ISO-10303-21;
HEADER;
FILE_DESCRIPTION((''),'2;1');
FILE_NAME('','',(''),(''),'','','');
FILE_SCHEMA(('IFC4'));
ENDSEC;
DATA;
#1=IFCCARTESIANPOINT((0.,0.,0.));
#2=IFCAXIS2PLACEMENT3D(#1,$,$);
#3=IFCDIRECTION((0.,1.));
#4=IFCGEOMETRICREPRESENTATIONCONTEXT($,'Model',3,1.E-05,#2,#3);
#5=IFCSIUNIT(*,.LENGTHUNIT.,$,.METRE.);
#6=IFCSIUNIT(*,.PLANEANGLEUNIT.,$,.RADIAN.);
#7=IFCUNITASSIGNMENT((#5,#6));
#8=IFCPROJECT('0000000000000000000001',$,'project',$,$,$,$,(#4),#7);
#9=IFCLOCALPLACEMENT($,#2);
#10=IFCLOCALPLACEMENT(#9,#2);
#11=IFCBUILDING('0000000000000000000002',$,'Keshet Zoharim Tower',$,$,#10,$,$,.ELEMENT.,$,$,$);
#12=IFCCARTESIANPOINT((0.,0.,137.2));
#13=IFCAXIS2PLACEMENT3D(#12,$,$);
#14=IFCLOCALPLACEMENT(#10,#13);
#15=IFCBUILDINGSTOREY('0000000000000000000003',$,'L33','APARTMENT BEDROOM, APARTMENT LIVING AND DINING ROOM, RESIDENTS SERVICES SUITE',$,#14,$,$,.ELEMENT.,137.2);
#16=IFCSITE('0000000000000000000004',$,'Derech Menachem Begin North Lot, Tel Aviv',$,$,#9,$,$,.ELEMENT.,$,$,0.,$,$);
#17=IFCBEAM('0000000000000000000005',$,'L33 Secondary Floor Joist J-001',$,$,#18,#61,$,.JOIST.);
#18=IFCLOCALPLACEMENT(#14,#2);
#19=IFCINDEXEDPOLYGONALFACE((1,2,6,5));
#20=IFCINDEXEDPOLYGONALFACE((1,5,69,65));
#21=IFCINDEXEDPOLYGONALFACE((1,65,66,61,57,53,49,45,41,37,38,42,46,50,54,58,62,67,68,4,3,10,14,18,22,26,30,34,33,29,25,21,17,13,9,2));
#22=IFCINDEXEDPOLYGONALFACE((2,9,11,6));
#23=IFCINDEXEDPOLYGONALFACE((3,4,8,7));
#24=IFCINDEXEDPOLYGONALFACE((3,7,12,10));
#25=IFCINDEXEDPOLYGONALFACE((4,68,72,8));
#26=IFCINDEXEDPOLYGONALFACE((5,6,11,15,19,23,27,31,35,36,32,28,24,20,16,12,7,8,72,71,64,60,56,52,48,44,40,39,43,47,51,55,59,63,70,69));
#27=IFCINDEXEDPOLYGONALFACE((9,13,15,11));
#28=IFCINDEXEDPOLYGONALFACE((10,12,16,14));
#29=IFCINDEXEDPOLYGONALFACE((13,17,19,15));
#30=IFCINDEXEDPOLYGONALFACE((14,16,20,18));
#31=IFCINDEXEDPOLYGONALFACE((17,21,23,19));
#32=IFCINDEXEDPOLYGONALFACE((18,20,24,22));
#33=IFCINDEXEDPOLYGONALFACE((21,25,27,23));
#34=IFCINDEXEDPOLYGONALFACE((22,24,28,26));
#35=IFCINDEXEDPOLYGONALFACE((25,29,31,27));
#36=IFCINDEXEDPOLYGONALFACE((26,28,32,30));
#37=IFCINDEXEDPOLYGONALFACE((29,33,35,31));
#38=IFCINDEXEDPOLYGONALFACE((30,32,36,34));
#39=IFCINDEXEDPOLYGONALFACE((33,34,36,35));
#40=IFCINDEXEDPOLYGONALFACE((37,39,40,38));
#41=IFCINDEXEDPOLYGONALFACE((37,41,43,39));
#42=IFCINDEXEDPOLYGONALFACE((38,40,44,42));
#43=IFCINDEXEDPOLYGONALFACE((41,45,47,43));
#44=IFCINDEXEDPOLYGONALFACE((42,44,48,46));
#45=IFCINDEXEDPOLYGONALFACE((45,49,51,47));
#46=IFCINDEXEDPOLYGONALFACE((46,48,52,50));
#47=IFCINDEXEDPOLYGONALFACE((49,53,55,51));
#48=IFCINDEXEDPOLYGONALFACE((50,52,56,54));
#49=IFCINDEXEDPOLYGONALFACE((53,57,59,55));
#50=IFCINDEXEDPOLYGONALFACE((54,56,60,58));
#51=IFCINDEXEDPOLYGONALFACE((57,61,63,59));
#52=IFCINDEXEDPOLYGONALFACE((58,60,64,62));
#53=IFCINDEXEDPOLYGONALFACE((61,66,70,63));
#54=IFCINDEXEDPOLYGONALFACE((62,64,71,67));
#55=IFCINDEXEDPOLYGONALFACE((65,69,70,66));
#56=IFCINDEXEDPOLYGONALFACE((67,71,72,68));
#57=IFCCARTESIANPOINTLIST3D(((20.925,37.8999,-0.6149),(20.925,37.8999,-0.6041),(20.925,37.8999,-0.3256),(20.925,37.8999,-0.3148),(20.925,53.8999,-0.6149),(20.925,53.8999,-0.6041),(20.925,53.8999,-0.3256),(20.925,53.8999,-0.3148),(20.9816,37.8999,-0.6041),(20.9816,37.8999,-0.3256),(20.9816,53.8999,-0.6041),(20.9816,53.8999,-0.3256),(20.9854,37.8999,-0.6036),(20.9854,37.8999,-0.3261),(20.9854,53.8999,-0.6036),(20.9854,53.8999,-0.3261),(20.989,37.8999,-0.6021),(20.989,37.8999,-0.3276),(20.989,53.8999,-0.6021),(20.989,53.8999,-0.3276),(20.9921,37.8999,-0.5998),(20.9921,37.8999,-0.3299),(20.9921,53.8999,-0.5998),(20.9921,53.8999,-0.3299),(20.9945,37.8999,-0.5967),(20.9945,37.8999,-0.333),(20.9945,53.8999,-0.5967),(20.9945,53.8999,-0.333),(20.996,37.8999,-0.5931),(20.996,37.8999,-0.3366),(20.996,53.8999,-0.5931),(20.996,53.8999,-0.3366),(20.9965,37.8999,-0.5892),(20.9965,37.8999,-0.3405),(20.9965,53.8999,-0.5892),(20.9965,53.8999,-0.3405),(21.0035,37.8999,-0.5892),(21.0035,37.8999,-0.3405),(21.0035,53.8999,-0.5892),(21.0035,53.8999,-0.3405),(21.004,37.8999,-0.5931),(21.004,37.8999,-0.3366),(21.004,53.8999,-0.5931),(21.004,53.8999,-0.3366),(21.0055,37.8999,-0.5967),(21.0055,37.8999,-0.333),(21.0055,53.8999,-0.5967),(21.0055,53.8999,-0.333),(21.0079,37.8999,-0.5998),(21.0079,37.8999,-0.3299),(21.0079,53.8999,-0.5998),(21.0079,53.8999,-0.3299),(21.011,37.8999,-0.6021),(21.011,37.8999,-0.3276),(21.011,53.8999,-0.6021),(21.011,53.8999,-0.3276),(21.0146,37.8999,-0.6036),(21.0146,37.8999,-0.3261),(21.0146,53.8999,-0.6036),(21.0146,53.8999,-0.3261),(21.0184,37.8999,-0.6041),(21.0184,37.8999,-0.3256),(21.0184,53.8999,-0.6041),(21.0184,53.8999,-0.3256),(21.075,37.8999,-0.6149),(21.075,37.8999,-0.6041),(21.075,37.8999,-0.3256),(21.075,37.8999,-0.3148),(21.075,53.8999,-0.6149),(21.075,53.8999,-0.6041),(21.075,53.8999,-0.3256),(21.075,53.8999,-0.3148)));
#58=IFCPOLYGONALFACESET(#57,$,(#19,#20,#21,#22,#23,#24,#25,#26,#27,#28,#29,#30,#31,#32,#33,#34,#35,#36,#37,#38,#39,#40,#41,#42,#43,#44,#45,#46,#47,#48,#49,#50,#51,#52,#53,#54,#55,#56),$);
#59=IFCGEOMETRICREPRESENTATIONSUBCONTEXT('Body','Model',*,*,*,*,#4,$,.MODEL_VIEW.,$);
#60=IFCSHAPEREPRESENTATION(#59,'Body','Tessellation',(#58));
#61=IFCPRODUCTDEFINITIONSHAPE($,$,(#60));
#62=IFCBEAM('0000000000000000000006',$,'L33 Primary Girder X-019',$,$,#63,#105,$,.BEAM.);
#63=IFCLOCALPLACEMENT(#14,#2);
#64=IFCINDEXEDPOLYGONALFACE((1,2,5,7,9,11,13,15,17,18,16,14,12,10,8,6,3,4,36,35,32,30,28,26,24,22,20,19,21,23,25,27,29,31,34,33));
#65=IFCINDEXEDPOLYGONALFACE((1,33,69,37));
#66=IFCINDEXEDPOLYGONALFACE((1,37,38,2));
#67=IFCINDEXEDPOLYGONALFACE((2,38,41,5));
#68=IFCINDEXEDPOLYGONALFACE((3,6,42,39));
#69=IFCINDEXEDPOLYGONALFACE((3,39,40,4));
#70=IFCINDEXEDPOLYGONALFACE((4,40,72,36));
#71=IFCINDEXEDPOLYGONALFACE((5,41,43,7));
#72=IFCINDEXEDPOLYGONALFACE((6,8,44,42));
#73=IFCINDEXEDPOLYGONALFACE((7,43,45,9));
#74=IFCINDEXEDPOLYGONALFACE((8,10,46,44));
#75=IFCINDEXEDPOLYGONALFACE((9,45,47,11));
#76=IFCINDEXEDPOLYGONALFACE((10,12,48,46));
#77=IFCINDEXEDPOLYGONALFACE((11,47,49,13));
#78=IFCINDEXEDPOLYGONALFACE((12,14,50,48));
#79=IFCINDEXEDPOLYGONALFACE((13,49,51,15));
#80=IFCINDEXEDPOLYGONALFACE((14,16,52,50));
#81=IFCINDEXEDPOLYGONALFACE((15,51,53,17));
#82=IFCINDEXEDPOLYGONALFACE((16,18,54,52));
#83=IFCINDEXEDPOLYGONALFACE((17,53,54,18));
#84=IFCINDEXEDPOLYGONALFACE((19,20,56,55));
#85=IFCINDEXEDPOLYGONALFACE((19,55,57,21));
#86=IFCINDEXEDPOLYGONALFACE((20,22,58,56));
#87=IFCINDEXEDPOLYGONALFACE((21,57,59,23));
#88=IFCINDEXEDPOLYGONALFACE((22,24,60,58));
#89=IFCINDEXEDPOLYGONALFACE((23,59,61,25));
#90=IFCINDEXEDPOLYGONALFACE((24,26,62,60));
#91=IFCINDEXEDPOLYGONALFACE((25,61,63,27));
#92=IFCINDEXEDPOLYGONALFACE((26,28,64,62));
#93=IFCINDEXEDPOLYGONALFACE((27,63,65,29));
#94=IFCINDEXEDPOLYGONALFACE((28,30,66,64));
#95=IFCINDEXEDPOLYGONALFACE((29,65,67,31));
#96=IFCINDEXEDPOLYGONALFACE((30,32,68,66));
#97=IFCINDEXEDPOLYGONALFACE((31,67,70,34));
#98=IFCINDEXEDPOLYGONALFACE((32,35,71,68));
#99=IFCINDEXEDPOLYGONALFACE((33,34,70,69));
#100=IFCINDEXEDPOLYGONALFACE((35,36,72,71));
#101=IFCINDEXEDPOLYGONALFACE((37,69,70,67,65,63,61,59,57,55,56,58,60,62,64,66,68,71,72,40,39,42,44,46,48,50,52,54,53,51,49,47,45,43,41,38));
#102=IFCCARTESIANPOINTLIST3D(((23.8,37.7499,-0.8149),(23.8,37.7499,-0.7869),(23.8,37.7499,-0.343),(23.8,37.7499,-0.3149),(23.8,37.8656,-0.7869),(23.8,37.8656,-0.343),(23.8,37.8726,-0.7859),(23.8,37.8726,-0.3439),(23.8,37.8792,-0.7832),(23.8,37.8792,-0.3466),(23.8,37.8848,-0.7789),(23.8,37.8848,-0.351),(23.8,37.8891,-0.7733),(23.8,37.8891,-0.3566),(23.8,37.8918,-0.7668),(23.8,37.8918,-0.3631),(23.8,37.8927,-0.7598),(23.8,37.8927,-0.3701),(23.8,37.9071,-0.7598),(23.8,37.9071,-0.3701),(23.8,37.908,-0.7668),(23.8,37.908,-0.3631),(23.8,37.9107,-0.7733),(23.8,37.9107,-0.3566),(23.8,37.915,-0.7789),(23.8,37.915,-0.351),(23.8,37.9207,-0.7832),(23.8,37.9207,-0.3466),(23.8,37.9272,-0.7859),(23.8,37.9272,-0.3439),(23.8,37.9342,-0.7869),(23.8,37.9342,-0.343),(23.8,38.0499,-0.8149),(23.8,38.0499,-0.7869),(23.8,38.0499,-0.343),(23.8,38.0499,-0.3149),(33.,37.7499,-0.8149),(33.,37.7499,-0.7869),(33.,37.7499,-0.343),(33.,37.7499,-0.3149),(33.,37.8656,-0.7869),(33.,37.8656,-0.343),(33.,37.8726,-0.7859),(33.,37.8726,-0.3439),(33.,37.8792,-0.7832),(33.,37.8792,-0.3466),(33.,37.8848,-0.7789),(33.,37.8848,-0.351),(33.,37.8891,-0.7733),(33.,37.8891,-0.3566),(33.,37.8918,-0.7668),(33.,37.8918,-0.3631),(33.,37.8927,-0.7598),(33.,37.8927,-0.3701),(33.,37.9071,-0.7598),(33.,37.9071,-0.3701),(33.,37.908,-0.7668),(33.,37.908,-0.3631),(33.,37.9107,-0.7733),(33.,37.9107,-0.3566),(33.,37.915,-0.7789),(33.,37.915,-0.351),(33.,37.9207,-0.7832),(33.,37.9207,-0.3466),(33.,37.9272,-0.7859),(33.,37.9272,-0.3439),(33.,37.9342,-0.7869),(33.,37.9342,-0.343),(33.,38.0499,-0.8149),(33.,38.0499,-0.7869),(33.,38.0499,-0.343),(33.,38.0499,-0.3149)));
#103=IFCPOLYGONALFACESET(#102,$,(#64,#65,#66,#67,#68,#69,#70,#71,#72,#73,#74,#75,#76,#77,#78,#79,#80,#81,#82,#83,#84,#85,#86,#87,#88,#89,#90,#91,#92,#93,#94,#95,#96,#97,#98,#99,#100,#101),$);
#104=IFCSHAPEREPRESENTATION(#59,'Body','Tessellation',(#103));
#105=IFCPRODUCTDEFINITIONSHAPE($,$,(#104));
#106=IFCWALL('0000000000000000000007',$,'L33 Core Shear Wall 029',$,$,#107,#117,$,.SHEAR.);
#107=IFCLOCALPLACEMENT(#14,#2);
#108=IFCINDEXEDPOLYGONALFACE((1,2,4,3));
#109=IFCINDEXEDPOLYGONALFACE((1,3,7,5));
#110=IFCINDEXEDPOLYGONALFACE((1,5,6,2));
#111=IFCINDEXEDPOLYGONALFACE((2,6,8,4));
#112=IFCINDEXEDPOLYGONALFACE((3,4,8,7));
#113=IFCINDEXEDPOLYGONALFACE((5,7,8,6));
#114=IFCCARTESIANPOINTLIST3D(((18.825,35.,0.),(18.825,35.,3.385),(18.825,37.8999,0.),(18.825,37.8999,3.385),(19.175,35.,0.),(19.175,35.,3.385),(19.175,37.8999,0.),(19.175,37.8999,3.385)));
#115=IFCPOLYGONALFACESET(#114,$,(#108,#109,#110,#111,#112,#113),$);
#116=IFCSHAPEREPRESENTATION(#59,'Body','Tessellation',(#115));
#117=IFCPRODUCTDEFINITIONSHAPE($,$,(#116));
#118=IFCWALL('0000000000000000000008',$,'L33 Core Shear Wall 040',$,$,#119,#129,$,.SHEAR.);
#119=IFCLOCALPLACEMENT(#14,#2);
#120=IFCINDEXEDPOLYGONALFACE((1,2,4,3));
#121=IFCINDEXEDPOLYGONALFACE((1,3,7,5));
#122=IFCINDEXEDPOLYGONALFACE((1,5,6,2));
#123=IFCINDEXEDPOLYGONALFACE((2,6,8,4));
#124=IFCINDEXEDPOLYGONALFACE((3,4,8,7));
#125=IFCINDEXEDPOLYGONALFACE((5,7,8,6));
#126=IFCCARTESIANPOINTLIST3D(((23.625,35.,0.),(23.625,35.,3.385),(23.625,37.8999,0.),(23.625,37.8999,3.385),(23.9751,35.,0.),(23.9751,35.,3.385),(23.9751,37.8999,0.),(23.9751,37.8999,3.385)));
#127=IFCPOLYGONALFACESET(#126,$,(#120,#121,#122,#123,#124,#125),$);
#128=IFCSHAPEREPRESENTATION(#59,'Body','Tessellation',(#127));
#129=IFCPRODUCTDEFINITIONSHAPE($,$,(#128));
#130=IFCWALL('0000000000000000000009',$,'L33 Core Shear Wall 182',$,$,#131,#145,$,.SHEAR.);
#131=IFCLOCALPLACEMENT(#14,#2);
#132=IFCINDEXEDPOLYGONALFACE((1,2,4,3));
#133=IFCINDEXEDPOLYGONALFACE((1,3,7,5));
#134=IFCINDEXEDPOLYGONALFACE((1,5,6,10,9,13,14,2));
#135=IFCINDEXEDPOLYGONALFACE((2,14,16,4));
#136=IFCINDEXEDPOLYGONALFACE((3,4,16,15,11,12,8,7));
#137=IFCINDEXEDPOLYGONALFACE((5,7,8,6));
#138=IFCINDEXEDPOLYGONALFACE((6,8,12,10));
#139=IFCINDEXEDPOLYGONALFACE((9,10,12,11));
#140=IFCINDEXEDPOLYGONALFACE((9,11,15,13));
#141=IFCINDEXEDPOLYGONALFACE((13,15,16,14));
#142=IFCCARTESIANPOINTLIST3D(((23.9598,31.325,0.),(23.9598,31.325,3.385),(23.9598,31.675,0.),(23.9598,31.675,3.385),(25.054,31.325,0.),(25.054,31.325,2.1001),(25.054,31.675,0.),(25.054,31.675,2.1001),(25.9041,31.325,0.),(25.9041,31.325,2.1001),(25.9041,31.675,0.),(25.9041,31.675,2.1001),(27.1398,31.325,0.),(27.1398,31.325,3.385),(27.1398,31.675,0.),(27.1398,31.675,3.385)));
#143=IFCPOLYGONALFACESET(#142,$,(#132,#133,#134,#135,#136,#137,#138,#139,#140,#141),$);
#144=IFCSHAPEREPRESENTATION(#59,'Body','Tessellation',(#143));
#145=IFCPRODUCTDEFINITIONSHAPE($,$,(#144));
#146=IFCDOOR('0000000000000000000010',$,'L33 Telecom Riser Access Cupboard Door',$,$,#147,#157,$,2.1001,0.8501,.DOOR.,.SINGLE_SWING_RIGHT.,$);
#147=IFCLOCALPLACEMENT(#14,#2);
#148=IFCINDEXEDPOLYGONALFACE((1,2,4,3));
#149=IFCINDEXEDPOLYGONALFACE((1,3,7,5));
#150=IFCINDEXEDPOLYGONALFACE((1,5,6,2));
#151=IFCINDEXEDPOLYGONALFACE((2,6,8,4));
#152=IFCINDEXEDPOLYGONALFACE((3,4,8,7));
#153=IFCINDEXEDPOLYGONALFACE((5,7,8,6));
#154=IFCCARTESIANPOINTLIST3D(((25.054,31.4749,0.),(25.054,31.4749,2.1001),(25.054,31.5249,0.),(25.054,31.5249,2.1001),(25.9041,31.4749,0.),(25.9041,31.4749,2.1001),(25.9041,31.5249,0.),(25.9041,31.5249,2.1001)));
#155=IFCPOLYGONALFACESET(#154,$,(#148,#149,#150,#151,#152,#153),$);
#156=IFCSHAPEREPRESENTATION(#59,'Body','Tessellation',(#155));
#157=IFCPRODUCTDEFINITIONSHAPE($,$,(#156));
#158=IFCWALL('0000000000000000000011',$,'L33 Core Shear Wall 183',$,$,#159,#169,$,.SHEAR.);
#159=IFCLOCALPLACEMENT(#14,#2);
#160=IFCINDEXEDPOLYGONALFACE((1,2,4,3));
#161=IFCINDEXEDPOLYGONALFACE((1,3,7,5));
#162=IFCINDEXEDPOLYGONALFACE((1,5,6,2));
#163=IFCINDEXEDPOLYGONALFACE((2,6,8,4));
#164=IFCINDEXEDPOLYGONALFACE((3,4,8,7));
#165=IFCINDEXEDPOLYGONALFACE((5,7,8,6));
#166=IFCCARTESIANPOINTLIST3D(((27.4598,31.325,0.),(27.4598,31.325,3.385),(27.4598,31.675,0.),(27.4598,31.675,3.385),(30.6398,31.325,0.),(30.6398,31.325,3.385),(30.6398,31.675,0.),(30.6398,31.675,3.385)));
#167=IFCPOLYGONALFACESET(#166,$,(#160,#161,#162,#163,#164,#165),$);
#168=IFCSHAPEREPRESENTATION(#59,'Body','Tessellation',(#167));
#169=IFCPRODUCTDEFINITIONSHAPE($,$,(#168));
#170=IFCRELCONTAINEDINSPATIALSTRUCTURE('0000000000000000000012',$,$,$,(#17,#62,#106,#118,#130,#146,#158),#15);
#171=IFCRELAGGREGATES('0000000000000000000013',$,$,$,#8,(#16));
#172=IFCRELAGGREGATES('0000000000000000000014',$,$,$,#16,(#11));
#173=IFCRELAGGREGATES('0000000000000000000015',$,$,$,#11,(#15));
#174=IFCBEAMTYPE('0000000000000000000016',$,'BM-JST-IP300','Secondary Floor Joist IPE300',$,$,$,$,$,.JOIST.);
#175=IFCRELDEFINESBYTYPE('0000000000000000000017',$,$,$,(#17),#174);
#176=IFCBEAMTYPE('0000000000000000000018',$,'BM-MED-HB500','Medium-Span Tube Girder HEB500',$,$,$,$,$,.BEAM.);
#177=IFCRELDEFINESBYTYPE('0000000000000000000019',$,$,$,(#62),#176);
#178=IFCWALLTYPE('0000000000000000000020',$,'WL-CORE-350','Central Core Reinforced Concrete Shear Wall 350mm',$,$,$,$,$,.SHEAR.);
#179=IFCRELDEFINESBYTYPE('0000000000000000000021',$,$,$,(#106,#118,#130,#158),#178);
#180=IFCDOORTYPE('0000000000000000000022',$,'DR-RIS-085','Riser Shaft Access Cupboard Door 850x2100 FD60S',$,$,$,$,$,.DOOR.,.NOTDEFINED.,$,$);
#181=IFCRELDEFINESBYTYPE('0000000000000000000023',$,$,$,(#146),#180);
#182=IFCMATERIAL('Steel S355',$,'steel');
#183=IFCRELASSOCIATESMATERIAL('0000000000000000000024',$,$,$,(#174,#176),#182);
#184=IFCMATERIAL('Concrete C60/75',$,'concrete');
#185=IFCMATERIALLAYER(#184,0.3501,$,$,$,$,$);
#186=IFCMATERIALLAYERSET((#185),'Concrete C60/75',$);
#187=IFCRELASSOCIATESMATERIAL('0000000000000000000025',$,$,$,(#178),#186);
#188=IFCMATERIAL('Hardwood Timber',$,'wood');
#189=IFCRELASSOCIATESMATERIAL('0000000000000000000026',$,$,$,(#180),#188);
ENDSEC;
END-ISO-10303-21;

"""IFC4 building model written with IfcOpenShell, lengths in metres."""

from ifc_helpers import new_model, si_unit, direction, frame, frame_2d, origin, origin_2d, place, context, subcontext, project, spatial, rectangle, i_section, extrude, material, layer, layer_set, material_profile, profile_set, type_object, element, fill, save


model = new_model("IFC4")

# Units and contexts
model_context = context("Model", 3, precision=1e-05, world=origin(), true_north=direction((0.0, 1.0)))
body_context = subcontext(model_context, "Body", "Model", "MODEL_VIEW")
ifc_project = project(units=[si_unit("LENGTHUNIT", "METRE"), si_unit("PLANEANGLEUNIT", "RADIAN")], contexts=[model_context])

# Site, building, storey
site_placement = place(None, origin())
site = spatial("IfcSite", under=ifc_project, at=site_placement, Name="Derech Menachem Begin North Lot, Tel Aviv", CompositionType="ELEMENT", RefElevation=0.0)
building_placement = place(site_placement, origin())
building = spatial("IfcBuilding", under=site, at=building_placement, Name="Keshet Zoharim Tower", CompositionType="ELEMENT")
storey_placement = place(building_placement, frame((0.0, 0.0, 137.2)))
storey = spatial("IfcBuildingStorey", under=building, at=storey_placement, Name="L33", Description="APARTMENT BEDROOM, APARTMENT LIVING AND DINING ROOM, RESIDENTS SERVICES SUITE", CompositionType="ELEMENT", Elevation=137.2)

# Beams
ifc_material_1 = material(Name="Steel S355", Category="steel")
ifc_material_profile_1 = material_profile(ifc_material_1, i_section(OverallWidth=0.1499, OverallDepth=0.3, WebThickness=0.0071, FlangeThickness=0.0107, FilletRadius=0.0149, at=origin_2d()), Name="IPE300")
ifc_profile_set_1 = profile_set([ifc_material_profile_1], Name="Steel S355")
beam_type_1 = type_object("IfcBeamType", Name="BM-JST-IP300", Description="Secondary Floor Joist IPE300", PredefinedType="JOIST", material=ifc_profile_set_1)
beam_1_placement = place(storey_placement, frame((21.0, 37.8999, -0.4648), z_axis=(0.0, 1.0, 0.0), x_axis=(-1.0, 0.0, 0.0)))
element("IfcBeam", 1, at=beam_1_placement, inside=storey, type_object=beam_type_1, Name="L33 Secondary Floor Joist J-001", PredefinedType="JOIST", context=body_context, shape_type="SweptSolid", body=[
    extrude(i_section(OverallWidth=0.1499, OverallDepth=0.3, WebThickness=0.0071, FlangeThickness=0.0107, FilletRadius=0.0149, at=origin_2d()), origin(), (0.0, 0.0, 1.0), 16.0),
])
ifc_material_profile_2 = material_profile(ifc_material_1, i_section(OverallWidth=0.3, OverallDepth=0.5, WebThickness=0.0144, FlangeThickness=0.0281, FilletRadius=0.0271, at=origin_2d()), Name="HEB500")
ifc_profile_set_2 = profile_set([ifc_material_profile_2], Name="Steel S355")
beam_type_2 = type_object("IfcBeamType", Name="BM-MED-HB500", Description="Medium-Span Tube Girder HEB500", PredefinedType="BEAM", material=ifc_profile_set_2)
beam_2_placement = place(storey_placement, frame((23.8, 37.8999, -0.5649), z_axis=(1.0, 0.0, 0.0), x_axis=(0.0, 1.0, 0.0)))
element("IfcBeam", 2, at=beam_2_placement, inside=storey, type_object=beam_type_2, Name="L33 Primary Girder X-019", PredefinedType="BEAM", context=body_context, shape_type="SweptSolid", body=[
    extrude(i_section(OverallWidth=0.3, OverallDepth=0.5, WebThickness=0.0144, FlangeThickness=0.0281, FilletRadius=0.0271, at=origin_2d()), origin(), (0.0, 0.0, 1.0), 9.2),
])

# Wall
ifc_material_2 = material(Name="Concrete C60/75", Category="concrete")
ifc_layer_1 = layer(ifc_material_2, 0.3501)
ifc_layer_set_1 = layer_set([ifc_layer_1], Name="Concrete C60/75")
wall_type_1 = type_object("IfcWallType", Name="WL-CORE-350", Description="Central Core Reinforced Concrete Shear Wall 350mm", PredefinedType="SHEAR", material=ifc_layer_set_1)
wall_1_placement = place(storey_placement, frame((19.0, 35.0, 0.0), z_axis=(0.0, 0.0, 1.0), x_axis=(0.0, 1.0, 0.0)))
element("IfcWall", 3, at=wall_1_placement, inside=storey, type_object=wall_type_1, Name="L33 Core Shear Wall 029", PredefinedType="SHEAR", context=body_context, shape_type="SweptSolid", body=[
    extrude(rectangle(XDim=2.8999, YDim=0.3501, at=frame_2d((1.45, 0.0))), origin(), (0.0, 0.0, 1.0), 3.385),
])

# Shared definitions
ifc_material_3 = material(Name="Hardwood Timber", Category="wood")

# Wall
wall_2_placement = place(storey_placement, frame((23.8, 35.0, 0.0), z_axis=(0.0, 0.0, 1.0), x_axis=(0.0, 1.0, 0.0)))
element("IfcWall", 4, at=wall_2_placement, inside=storey, type_object=wall_type_1, Name="L33 Core Shear Wall 040", PredefinedType="SHEAR", context=body_context, shape_type="SweptSolid", body=[
    extrude(rectangle(XDim=2.8999, YDim=0.3501, at=frame_2d((1.45, 0.0))), origin(), (0.0, 0.0, 1.0), 3.385),
])

# Wall, opening, door
wall_3_placement = place(storey_placement, frame((23.96, 31.5, 0.0), z_axis=(0.0, 0.0, 1.0), x_axis=(1.0, 0.0, 0.0)))
wall_3 = element("IfcWall", 5, at=wall_3_placement, inside=storey, type_object=wall_type_1, Name="L33 Core Shear Wall 182", PredefinedType="SHEAR", context=body_context, shape_type="SweptSolid", body=[
    extrude(rectangle(XDim=3.1799, YDim=0.3501, at=frame_2d((1.5898, 0.0))), origin(), (0.0, 0.0, 1.0), 3.385),
])
opening_1_placement = place(wall_3_placement, frame((1.094, 0.0, 0.0)))
opening_1 = element("IfcOpeningElement", 6, at=opening_1_placement, cuts=wall_3, PredefinedType="OPENING", context=body_context, shape_type="SweptSolid", body=[
    extrude(rectangle(XDim=0.8501, YDim=2.1001, at=frame_2d((0.425, 1.05))), frame((0.0, 0.1851, 0.0), z_axis=(0.0, -1.0, 0.0), x_axis=(1.0, 0.0, 0.0)), (0.0, 0.0, 1.0), 0.3701),
])
door_type_1 = type_object("IfcDoorType", Name="DR-RIS-085", Description="Riser Shaft Access Cupboard Door 850x2100 FD60S", OperationType="NOTDEFINED", PredefinedType="DOOR", material=ifc_material_3)
door_1_placement = place(opening_1_placement, origin())
door_1 = element("IfcDoor", 7, at=door_1_placement, inside=storey, type_object=door_type_1, Name="L33 Telecom Riser Access Cupboard Door", OperationType="SINGLE_SWING_RIGHT", OverallHeight=2.1001, OverallWidth=0.8501, PredefinedType="DOOR", context=body_context, shape_type="SweptSolid", body=[
    extrude(rectangle(XDim=0.8501, YDim=2.1001, at=frame_2d((0.425, 1.05))), frame((0.0, 0.0249, 0.0), z_axis=(0.0, -1.0, 0.0), x_axis=(1.0, 0.0, 0.0)), (0.0, 0.0, 1.0), 0.05),
])
fill(opening_1, door_1)

# Wall
wall_4_placement = place(storey_placement, frame((27.46, 31.5, 0.0), z_axis=(0.0, 0.0, 1.0), x_axis=(1.0, 0.0, 0.0)))
element("IfcWall", 8, at=wall_4_placement, inside=storey, type_object=wall_type_1, Name="L33 Core Shear Wall 183", PredefinedType="SHEAR", context=body_context, shape_type="SweptSolid", body=[
    extrude(rectangle(XDim=3.1799, YDim=0.3501, at=frame_2d((1.5898, 0.0))), origin(), (0.0, 0.0, 1.0), 3.385),
])

save(model, "model.ifc")
